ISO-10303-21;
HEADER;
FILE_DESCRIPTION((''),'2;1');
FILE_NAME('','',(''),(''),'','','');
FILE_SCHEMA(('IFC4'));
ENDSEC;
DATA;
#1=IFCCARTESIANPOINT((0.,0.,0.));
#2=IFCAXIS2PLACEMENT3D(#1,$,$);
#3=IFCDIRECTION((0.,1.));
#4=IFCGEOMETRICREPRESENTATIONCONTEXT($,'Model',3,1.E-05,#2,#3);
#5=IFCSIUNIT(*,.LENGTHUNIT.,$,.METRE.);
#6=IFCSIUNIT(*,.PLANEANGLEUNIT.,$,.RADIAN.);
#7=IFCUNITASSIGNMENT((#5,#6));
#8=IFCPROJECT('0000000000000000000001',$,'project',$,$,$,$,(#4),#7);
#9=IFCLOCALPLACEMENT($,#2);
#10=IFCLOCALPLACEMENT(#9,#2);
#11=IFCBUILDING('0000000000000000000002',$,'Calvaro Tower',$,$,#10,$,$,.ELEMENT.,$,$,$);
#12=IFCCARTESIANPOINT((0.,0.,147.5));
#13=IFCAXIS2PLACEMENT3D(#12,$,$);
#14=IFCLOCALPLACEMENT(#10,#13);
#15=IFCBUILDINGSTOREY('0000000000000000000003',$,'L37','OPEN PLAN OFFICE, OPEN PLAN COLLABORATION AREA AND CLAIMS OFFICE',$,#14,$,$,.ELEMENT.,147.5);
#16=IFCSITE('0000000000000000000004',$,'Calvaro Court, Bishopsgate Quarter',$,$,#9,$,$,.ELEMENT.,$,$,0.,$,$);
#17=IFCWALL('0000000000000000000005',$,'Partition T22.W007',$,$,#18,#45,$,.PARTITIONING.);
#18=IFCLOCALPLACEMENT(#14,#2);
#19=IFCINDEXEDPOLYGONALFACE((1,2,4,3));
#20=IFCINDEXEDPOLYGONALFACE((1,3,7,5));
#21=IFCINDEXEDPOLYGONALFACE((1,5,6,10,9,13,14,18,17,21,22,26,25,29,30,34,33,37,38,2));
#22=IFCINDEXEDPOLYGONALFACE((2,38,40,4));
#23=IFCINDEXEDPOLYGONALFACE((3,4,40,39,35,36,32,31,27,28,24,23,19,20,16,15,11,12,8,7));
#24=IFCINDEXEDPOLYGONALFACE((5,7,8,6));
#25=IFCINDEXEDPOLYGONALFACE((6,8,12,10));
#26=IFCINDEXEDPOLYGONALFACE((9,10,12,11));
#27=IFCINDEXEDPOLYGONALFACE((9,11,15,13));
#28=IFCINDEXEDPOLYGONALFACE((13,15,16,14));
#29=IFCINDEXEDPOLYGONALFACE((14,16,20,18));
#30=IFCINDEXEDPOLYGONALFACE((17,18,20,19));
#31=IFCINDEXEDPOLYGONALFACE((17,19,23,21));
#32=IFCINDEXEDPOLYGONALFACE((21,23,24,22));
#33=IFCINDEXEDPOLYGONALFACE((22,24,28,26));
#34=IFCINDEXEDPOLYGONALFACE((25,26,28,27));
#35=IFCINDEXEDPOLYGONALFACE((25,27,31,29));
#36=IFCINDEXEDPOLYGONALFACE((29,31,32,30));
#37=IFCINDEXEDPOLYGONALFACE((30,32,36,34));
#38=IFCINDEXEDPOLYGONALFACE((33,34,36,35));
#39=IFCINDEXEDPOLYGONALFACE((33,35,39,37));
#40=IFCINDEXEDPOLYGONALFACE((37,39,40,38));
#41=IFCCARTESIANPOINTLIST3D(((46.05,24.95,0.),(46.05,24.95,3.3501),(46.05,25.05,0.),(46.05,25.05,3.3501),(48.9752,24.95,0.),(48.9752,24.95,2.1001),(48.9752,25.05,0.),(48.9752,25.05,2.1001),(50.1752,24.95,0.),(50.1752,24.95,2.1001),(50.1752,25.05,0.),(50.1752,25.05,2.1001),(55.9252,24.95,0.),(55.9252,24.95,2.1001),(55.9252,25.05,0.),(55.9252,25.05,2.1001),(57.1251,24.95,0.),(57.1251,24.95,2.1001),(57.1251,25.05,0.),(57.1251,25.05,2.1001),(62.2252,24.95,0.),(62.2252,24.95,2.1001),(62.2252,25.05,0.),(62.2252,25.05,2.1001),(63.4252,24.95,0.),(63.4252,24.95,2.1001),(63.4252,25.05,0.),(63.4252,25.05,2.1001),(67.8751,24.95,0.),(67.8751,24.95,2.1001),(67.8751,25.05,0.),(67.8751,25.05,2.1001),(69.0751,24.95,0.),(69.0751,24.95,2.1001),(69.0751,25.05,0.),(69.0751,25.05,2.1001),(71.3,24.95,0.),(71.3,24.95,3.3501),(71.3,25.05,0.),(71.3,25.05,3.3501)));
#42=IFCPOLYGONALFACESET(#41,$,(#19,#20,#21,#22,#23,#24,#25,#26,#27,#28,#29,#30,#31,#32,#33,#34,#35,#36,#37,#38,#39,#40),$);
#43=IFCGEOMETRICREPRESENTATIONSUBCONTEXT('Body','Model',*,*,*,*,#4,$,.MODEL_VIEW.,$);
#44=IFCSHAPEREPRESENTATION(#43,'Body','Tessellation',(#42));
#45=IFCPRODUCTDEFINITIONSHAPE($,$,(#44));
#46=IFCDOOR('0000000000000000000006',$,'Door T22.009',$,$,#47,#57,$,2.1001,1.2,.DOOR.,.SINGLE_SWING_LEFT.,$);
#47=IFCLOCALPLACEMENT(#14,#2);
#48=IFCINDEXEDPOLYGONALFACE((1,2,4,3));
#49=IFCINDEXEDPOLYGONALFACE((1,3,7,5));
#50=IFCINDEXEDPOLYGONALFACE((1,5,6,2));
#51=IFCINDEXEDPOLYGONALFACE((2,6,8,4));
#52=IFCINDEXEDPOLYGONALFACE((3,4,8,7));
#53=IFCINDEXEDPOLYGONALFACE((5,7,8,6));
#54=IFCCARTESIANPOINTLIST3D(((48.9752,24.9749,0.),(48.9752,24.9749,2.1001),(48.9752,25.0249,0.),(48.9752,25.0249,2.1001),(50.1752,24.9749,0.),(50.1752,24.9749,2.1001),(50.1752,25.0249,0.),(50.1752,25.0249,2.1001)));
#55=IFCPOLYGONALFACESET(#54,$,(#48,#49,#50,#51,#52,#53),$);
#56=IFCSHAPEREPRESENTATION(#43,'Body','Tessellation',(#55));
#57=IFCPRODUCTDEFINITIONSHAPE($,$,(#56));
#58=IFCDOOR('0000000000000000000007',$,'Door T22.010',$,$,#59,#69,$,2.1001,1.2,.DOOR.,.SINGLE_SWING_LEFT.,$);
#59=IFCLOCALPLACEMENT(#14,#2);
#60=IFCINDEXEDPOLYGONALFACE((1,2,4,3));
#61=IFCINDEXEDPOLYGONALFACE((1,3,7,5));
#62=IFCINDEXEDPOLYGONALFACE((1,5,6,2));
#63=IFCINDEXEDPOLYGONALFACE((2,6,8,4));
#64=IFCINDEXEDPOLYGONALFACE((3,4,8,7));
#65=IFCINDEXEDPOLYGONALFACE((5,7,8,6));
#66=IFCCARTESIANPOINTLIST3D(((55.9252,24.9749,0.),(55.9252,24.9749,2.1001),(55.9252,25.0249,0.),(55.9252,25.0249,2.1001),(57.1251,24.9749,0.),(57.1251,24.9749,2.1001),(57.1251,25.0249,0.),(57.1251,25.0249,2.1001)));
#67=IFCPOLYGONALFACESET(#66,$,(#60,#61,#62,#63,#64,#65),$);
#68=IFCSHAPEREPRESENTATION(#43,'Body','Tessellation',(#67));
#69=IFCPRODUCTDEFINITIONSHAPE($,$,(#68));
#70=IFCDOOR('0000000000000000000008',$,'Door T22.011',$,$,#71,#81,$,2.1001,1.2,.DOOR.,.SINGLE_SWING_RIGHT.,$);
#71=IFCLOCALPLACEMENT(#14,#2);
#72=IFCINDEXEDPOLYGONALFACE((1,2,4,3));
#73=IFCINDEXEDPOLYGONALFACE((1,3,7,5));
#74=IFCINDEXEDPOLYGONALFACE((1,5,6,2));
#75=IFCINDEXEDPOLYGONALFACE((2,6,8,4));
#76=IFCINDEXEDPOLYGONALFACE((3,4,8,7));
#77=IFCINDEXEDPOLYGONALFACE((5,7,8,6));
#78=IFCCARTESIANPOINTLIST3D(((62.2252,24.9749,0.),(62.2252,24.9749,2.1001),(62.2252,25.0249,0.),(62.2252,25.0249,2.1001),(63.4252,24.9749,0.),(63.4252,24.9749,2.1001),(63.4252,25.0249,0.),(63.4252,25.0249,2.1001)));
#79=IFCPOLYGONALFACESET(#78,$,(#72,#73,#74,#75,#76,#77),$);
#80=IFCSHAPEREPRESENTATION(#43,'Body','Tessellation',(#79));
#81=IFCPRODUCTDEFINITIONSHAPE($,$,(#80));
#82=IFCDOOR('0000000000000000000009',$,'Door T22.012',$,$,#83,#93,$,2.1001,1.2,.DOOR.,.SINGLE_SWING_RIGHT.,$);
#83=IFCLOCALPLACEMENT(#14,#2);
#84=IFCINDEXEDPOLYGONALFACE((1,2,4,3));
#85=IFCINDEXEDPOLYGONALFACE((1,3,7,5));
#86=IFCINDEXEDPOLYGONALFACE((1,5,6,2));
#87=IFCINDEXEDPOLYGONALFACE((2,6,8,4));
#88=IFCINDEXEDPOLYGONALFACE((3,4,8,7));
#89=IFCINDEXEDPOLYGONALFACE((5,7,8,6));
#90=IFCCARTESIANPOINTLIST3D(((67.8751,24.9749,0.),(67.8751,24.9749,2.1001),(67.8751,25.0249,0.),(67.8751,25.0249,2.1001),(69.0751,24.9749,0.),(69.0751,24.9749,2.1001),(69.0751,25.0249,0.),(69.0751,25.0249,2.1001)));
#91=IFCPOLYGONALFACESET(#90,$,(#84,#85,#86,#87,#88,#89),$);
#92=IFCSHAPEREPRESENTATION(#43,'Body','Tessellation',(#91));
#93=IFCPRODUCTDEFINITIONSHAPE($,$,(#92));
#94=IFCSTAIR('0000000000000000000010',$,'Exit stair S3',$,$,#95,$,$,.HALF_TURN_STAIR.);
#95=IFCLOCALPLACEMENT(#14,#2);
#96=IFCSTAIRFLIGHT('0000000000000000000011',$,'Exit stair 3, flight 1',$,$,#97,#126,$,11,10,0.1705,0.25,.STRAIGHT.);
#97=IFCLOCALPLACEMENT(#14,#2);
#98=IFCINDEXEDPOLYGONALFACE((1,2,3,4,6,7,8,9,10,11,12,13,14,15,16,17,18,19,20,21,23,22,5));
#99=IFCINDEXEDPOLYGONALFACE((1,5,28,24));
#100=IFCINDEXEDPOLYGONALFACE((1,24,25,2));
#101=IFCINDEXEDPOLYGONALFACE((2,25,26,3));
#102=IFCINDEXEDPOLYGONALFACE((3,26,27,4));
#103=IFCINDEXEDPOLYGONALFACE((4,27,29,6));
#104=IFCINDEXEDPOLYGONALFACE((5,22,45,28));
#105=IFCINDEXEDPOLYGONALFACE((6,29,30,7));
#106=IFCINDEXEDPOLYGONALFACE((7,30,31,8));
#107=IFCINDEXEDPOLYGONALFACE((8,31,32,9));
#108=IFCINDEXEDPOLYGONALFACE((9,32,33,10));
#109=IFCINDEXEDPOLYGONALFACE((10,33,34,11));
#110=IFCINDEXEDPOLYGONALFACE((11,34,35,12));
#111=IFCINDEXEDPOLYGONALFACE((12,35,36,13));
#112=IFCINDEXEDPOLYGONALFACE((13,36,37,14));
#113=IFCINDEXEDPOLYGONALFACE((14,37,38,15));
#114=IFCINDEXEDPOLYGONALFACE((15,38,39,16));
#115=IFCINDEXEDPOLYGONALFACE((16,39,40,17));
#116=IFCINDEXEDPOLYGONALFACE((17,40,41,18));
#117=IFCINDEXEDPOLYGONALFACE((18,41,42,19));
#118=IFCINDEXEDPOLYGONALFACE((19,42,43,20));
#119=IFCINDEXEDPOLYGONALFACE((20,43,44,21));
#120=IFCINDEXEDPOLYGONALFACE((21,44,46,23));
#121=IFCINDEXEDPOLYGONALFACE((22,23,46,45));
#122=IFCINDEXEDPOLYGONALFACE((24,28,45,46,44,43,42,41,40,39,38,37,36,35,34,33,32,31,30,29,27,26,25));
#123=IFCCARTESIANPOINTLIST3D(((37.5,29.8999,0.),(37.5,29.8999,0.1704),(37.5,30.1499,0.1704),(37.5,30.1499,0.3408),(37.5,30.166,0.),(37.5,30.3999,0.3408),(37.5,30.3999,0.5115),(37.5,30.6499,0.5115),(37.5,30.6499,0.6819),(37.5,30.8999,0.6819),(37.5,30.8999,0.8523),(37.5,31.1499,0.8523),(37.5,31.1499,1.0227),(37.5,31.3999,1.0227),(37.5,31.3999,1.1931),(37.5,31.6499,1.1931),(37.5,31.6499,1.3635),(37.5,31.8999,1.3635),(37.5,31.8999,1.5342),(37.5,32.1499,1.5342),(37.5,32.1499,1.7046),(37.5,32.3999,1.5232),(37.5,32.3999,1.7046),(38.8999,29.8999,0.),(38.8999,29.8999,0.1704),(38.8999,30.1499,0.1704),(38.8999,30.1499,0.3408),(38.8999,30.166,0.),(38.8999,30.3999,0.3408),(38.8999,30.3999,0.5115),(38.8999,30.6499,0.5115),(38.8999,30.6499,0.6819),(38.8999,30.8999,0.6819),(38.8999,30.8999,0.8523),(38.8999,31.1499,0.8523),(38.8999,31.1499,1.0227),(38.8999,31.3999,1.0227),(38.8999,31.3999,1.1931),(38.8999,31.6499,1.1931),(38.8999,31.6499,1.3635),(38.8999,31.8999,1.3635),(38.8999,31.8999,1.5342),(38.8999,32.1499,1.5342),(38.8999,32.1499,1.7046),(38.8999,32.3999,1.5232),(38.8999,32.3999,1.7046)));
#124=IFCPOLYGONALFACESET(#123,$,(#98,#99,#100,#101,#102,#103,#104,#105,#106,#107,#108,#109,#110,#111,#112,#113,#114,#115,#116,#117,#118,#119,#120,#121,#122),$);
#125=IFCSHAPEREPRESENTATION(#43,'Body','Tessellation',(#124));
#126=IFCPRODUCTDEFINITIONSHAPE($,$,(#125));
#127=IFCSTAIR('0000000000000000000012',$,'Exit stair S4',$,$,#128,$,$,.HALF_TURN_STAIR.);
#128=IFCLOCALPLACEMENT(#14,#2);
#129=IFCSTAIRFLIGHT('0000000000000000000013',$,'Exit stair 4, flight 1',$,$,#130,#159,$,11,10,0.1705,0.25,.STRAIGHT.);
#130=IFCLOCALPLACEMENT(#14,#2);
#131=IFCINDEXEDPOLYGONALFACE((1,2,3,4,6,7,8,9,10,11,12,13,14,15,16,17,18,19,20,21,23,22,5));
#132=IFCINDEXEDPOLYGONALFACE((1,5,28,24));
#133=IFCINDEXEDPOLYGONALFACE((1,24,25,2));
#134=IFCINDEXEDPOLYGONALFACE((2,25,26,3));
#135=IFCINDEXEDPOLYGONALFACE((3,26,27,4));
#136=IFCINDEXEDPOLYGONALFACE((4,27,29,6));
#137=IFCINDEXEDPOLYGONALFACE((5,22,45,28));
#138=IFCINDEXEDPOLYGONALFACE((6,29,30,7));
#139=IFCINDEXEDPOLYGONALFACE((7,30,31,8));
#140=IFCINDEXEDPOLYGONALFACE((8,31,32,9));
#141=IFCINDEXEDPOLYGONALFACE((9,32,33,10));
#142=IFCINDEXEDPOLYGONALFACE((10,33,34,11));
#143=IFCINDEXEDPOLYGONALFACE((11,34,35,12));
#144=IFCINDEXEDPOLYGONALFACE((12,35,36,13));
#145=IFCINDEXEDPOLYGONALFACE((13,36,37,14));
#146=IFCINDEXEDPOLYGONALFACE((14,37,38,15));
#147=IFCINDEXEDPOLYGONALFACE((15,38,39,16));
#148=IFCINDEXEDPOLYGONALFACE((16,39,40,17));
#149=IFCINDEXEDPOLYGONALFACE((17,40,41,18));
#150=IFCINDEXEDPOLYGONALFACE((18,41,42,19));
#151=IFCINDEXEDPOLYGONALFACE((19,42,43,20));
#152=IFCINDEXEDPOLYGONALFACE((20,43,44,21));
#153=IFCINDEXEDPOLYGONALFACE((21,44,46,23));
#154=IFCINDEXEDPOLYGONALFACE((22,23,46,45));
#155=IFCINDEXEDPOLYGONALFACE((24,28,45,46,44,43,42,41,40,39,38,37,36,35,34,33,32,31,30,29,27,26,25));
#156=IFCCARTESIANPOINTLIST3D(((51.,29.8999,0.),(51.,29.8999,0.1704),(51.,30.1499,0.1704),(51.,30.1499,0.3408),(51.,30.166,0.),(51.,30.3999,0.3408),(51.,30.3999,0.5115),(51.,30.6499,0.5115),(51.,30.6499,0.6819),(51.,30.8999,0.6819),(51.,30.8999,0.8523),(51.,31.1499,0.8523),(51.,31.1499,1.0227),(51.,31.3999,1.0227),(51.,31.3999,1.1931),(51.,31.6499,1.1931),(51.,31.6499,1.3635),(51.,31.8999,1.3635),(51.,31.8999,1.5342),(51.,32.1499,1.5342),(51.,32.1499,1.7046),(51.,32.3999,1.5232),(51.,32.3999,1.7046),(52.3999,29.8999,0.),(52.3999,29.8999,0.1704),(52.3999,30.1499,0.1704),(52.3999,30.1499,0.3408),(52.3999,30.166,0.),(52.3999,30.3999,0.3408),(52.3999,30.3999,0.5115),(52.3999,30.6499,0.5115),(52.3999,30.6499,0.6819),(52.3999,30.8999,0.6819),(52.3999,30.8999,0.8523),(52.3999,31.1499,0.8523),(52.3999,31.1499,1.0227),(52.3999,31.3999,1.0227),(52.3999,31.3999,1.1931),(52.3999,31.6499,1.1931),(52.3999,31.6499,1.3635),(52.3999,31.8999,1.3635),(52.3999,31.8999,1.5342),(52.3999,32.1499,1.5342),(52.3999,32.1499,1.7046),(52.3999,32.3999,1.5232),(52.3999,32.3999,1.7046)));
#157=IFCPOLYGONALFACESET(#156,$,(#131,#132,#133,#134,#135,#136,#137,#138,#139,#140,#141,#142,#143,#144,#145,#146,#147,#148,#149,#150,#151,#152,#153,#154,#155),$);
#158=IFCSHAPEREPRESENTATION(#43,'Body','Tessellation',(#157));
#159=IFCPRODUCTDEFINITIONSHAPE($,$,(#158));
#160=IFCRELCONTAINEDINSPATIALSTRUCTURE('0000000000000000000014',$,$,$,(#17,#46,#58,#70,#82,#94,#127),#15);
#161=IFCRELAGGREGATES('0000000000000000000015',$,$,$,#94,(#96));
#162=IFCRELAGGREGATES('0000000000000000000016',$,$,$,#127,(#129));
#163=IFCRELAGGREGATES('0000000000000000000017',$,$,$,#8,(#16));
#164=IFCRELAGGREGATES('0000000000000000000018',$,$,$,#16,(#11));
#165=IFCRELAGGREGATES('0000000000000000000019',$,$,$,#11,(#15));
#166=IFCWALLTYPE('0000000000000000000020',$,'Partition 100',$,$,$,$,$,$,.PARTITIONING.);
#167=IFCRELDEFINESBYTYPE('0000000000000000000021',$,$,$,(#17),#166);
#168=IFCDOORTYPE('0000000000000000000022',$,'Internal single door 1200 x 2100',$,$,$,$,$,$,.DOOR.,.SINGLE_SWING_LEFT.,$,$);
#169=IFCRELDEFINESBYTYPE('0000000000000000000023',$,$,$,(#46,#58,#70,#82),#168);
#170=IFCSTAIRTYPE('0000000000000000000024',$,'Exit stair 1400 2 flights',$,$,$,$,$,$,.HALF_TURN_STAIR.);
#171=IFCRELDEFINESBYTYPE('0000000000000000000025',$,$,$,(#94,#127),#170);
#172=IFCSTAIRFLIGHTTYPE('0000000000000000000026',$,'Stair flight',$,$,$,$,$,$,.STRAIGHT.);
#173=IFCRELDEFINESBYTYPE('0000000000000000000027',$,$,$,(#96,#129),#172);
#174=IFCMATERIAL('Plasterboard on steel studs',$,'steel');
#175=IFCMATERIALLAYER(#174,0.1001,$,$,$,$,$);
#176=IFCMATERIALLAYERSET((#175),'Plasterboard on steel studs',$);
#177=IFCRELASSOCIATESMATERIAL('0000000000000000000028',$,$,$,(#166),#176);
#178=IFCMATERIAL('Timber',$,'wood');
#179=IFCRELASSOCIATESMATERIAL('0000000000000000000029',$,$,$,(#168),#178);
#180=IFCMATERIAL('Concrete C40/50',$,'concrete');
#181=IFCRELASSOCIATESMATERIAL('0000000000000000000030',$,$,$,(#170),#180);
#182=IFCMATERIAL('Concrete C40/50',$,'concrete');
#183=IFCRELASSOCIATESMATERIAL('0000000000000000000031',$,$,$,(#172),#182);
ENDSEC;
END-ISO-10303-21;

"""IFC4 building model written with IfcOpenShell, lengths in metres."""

from ifc_helpers import new_model, si_unit, direction, frame, frame_2d, origin, place, context, subcontext, project, spatial, polyline, rectangle, outline, extrude, material, layer, layer_set, type_object, element, fill, aggregate, save


model = new_model("IFC4")

# Units and contexts
model_context = context("Model", 3, precision=1e-05, world=origin(), true_north=direction((0.0, 1.0)))
body_context = subcontext(model_context, "Body", "Model", "MODEL_VIEW")
ifc_project = project(units=[si_unit("LENGTHUNIT", "METRE"), si_unit("PLANEANGLEUNIT", "RADIAN")], contexts=[model_context])

# Site, building, storey
site_placement = place(None, origin())
site = spatial("IfcSite", under=ifc_project, at=site_placement, Name="Calvaro Court, Bishopsgate Quarter", CompositionType="ELEMENT", RefElevation=0.0)
building_placement = place(site_placement, origin())
building = spatial("IfcBuilding", under=site, at=building_placement, Name="Calvaro Tower", CompositionType="ELEMENT")
storey_placement = place(building_placement, frame((0.0, 0.0, 147.5)))
storey = spatial("IfcBuildingStorey", under=building, at=storey_placement, Name="L37", Description="OPEN PLAN OFFICE, OPEN PLAN COLLABORATION AREA AND CLAIMS OFFICE", CompositionType="ELEMENT", Elevation=147.5)

# Shared definitions
ifc_material_1 = material(Name="Plasterboard on steel studs", Category="steel")
ifc_layer_1 = layer(ifc_material_1, 0.1001)
ifc_layer_set_1 = layer_set([ifc_layer_1], Name="Plasterboard on steel studs")
wall_type_1 = type_object("IfcWallType", Name="Partition 100", PredefinedType="PARTITIONING", material=ifc_layer_set_1)

# Wall, openings, doors
wall_1_placement = place(storey_placement, frame((46.05, 25.0, 0.0), z_axis=(0.0, 0.0, 1.0), x_axis=(1.0, 0.0, 0.0)))
wall_1 = element("IfcWall", 1, at=wall_1_placement, inside=storey, type_object=wall_type_1, Name="Partition T22.W007", PredefinedType="PARTITIONING", context=body_context, shape_type="SweptSolid", body=[
    extrude(rectangle(XDim=25.25, YDim=0.1001, at=frame_2d((12.625, 0.0))), origin(), (0.0, 0.0, 1.0), 3.3501),
])
opening_1_placement = place(wall_1_placement, frame((2.925, 0.0, 0.0)))
opening_1 = element("IfcOpeningElement", 2, at=opening_1_placement, cuts=wall_1, PredefinedType="OPENING", context=body_context, shape_type="SweptSolid", body=[
    extrude(rectangle(XDim=1.2, YDim=2.1001, at=frame_2d((0.6001, 1.05))), frame((0.0, 0.0601, 0.0), z_axis=(0.0, -1.0, 0.0), x_axis=(1.0, 0.0, 0.0)), (0.0, 0.0, 1.0), 0.1201),
])
opening_2_placement = place(wall_1_placement, frame((9.875, 0.0, 0.0)))
opening_2 = element("IfcOpeningElement", 3, at=opening_2_placement, cuts=wall_1, PredefinedType="OPENING", context=body_context, shape_type="SweptSolid", body=[
    extrude(rectangle(XDim=1.2, YDim=2.1001, at=frame_2d((0.6001, 1.05))), frame((0.0, 0.0601, 0.0), z_axis=(0.0, -1.0, 0.0), x_axis=(1.0, 0.0, 0.0)), (0.0, 0.0, 1.0), 0.1201),
])
opening_3_placement = place(wall_1_placement, frame((16.175, 0.0, 0.0)))
opening_3 = element("IfcOpeningElement", 4, at=opening_3_placement, cuts=wall_1, PredefinedType="OPENING", context=body_context, shape_type="SweptSolid", body=[
    extrude(rectangle(XDim=1.2, YDim=2.1001, at=frame_2d((0.6001, 1.05))), frame((0.0, 0.0601, 0.0), z_axis=(0.0, -1.0, 0.0), x_axis=(1.0, 0.0, 0.0)), (0.0, 0.0, 1.0), 0.1201),
])
opening_4_placement = place(wall_1_placement, frame((21.825, 0.0, 0.0)))
opening_4 = element("IfcOpeningElement", 5, at=opening_4_placement, cuts=wall_1, PredefinedType="OPENING", context=body_context, shape_type="SweptSolid", body=[
    extrude(rectangle(XDim=1.2, YDim=2.1001, at=frame_2d((0.6001, 1.05))), frame((0.0, 0.0601, 0.0), z_axis=(0.0, -1.0, 0.0), x_axis=(1.0, 0.0, 0.0)), (0.0, 0.0, 1.0), 0.1201),
])
ifc_material_2 = material(Name="Timber", Category="wood")
door_type = type_object("IfcDoorType", Name="Internal single door 1200 x 2100", OperationType="SINGLE_SWING_LEFT", PredefinedType="DOOR", material=ifc_material_2)
door_1_placement = place(opening_1_placement, origin())
door_1 = element("IfcDoor", 6, at=door_1_placement, inside=storey, type_object=door_type, Name="Door T22.009", OperationType="SINGLE_SWING_LEFT", OverallHeight=2.1001, OverallWidth=1.2, PredefinedType="DOOR", context=body_context, shape_type="SweptSolid", body=[
    extrude(rectangle(XDim=1.2, YDim=2.1001, at=frame_2d((0.6001, 1.05))), frame((0.0, 0.0249, 0.0), z_axis=(0.0, -1.0, 0.0), x_axis=(1.0, 0.0, 0.0)), (0.0, 0.0, 1.0), 0.05),
])
fill(opening_1, door_1)
door_2_placement = place(opening_2_placement, origin())
door_2 = element("IfcDoor", 7, at=door_2_placement, inside=storey, type_object=door_type, Name="Door T22.010", OperationType="SINGLE_SWING_LEFT", OverallHeight=2.1001, OverallWidth=1.2, PredefinedType="DOOR", context=body_context, shape_type="SweptSolid", body=[
    extrude(rectangle(XDim=1.2, YDim=2.1001, at=frame_2d((0.6001, 1.05))), frame((0.0, 0.0249, 0.0), z_axis=(0.0, -1.0, 0.0), x_axis=(1.0, 0.0, 0.0)), (0.0, 0.0, 1.0), 0.05),
])
fill(opening_2, door_2)
door_3_placement = place(opening_3_placement, origin())
door_3 = element("IfcDoor", 8, at=door_3_placement, inside=storey, type_object=door_type, Name="Door T22.011", OperationType="SINGLE_SWING_RIGHT", OverallHeight=2.1001, OverallWidth=1.2, PredefinedType="DOOR", context=body_context, shape_type="SweptSolid", body=[
    extrude(rectangle(XDim=1.2, YDim=2.1001, at=frame_2d((0.6001, 1.05))), frame((0.0, 0.0249, 0.0), z_axis=(0.0, -1.0, 0.0), x_axis=(1.0, 0.0, 0.0)), (0.0, 0.0, 1.0), 0.05),
])
fill(opening_3, door_3)
door_4_placement = place(opening_4_placement, origin())
door_4 = element("IfcDoor", 9, at=door_4_placement, inside=storey, type_object=door_type, Name="Door T22.012", OperationType="SINGLE_SWING_RIGHT", OverallHeight=2.1001, OverallWidth=1.2, PredefinedType="DOOR", context=body_context, shape_type="SweptSolid", body=[
    extrude(rectangle(XDim=1.2, YDim=2.1001, at=frame_2d((0.6001, 1.05))), frame((0.0, 0.0249, 0.0), z_axis=(0.0, -1.0, 0.0), x_axis=(1.0, 0.0, 0.0)), (0.0, 0.0, 1.0), 0.05),
])
fill(opening_4, door_4)

# Stairs, stair flights
ifc_material_3 = material(Name="Concrete C40/50", Category="concrete")
stair_type = type_object("IfcStairType", Name="Exit stair 1400 2 flights", PredefinedType="HALF_TURN_STAIR", material=ifc_material_3)
stair_1_placement = place(storey_placement, origin())
stair_1 = element("IfcStair", 10, at=stair_1_placement, inside=storey, type_object=stair_type, Name="Exit stair S3", PredefinedType="HALF_TURN_STAIR")
ifc_material_4 = material(Name="Concrete C40/50", Category="concrete")
stair_flight_type = type_object("IfcStairFlightType", Name="Stair flight", PredefinedType="STRAIGHT", material=ifc_material_4)
stair_flight_1_placement = place(storey_placement, frame((38.2, 29.8999, 0.0), z_axis=(0.0, 0.0, 1.0), x_axis=(0.0, 1.0, 0.0)))
stair_flight_1 = element("IfcStairFlight", 11, at=stair_flight_1_placement, type_object=stair_flight_type, Name="Exit stair 3, flight 1", NumberOfRisers=11, NumberOfTreads=10, PredefinedType="STRAIGHT", RiserHeight=0.1705, TreadLength=0.25, context=body_context, shape_type="SweptSolid", body=[
    extrude(outline(polyline([(0.0, 0.0), (0.0, 0.1704), (0.25, 0.1704), (0.25, 0.3408), (0.5, 0.3408), (0.5, 0.5115), (0.75, 0.5115), (0.75, 0.6819), (1.0, 0.6819), (1.0, 0.8523), (1.25, 0.8523), (1.25, 1.0227), (1.5, 1.0227), (1.5, 1.1931), (1.75, 1.1931), (1.75, 1.3635), (2.0, 1.3635), (2.0, 1.5342), (2.25, 1.5342), (2.25, 1.7046), (2.5, 1.7046), (2.5, 1.875), (2.5, 1.5232), (0.2661, 0.0), (0.0, 0.0)])), frame((0.0, 0.7, 0.0), z_axis=(0.0, -1.0, 0.0), x_axis=(1.0, 0.0, 0.0)), (0.0, 0.0, 1.0), 1.3999),
])
stair_2_placement = place(storey_placement, origin())
stair_2 = element("IfcStair", 12, at=stair_2_placement, inside=storey, type_object=stair_type, Name="Exit stair S4", PredefinedType="HALF_TURN_STAIR")
stair_flight_2_placement = place(storey_placement, frame((51.7, 29.8999, 0.0), z_axis=(0.0, 0.0, 1.0), x_axis=(0.0, 1.0, 0.0)))
stair_flight_2 = element("IfcStairFlight", 13, at=stair_flight_2_placement, type_object=stair_flight_type, Name="Exit stair 4, flight 1", NumberOfRisers=11, NumberOfTreads=10, PredefinedType="STRAIGHT", RiserHeight=0.1705, TreadLength=0.25, context=body_context, shape_type="SweptSolid", body=[
    extrude(outline(polyline([(0.0, 0.0), (0.0, 0.1704), (0.25, 0.1704), (0.25, 0.3408), (0.5, 0.3408), (0.5, 0.5115), (0.75, 0.5115), (0.75, 0.6819), (1.0, 0.6819), (1.0, 0.8523), (1.25, 0.8523), (1.25, 1.0227), (1.5, 1.0227), (1.5, 1.1931), (1.75, 1.1931), (1.75, 1.3635), (2.0, 1.3635), (2.0, 1.5342), (2.25, 1.5342), (2.25, 1.7046), (2.5, 1.7046), (2.5, 1.875), (2.5, 1.5232), (0.2661, 0.0), (0.0, 0.0)])), frame((0.0, 0.7, 0.0), z_axis=(0.0, -1.0, 0.0), x_axis=(1.0, 0.0, 0.0)), (0.0, 0.0, 1.0), 1.3999),
])

aggregate(stair_1, [stair_flight_1])
aggregate(stair_2, [stair_flight_2])

save(model, "model.ifc")
